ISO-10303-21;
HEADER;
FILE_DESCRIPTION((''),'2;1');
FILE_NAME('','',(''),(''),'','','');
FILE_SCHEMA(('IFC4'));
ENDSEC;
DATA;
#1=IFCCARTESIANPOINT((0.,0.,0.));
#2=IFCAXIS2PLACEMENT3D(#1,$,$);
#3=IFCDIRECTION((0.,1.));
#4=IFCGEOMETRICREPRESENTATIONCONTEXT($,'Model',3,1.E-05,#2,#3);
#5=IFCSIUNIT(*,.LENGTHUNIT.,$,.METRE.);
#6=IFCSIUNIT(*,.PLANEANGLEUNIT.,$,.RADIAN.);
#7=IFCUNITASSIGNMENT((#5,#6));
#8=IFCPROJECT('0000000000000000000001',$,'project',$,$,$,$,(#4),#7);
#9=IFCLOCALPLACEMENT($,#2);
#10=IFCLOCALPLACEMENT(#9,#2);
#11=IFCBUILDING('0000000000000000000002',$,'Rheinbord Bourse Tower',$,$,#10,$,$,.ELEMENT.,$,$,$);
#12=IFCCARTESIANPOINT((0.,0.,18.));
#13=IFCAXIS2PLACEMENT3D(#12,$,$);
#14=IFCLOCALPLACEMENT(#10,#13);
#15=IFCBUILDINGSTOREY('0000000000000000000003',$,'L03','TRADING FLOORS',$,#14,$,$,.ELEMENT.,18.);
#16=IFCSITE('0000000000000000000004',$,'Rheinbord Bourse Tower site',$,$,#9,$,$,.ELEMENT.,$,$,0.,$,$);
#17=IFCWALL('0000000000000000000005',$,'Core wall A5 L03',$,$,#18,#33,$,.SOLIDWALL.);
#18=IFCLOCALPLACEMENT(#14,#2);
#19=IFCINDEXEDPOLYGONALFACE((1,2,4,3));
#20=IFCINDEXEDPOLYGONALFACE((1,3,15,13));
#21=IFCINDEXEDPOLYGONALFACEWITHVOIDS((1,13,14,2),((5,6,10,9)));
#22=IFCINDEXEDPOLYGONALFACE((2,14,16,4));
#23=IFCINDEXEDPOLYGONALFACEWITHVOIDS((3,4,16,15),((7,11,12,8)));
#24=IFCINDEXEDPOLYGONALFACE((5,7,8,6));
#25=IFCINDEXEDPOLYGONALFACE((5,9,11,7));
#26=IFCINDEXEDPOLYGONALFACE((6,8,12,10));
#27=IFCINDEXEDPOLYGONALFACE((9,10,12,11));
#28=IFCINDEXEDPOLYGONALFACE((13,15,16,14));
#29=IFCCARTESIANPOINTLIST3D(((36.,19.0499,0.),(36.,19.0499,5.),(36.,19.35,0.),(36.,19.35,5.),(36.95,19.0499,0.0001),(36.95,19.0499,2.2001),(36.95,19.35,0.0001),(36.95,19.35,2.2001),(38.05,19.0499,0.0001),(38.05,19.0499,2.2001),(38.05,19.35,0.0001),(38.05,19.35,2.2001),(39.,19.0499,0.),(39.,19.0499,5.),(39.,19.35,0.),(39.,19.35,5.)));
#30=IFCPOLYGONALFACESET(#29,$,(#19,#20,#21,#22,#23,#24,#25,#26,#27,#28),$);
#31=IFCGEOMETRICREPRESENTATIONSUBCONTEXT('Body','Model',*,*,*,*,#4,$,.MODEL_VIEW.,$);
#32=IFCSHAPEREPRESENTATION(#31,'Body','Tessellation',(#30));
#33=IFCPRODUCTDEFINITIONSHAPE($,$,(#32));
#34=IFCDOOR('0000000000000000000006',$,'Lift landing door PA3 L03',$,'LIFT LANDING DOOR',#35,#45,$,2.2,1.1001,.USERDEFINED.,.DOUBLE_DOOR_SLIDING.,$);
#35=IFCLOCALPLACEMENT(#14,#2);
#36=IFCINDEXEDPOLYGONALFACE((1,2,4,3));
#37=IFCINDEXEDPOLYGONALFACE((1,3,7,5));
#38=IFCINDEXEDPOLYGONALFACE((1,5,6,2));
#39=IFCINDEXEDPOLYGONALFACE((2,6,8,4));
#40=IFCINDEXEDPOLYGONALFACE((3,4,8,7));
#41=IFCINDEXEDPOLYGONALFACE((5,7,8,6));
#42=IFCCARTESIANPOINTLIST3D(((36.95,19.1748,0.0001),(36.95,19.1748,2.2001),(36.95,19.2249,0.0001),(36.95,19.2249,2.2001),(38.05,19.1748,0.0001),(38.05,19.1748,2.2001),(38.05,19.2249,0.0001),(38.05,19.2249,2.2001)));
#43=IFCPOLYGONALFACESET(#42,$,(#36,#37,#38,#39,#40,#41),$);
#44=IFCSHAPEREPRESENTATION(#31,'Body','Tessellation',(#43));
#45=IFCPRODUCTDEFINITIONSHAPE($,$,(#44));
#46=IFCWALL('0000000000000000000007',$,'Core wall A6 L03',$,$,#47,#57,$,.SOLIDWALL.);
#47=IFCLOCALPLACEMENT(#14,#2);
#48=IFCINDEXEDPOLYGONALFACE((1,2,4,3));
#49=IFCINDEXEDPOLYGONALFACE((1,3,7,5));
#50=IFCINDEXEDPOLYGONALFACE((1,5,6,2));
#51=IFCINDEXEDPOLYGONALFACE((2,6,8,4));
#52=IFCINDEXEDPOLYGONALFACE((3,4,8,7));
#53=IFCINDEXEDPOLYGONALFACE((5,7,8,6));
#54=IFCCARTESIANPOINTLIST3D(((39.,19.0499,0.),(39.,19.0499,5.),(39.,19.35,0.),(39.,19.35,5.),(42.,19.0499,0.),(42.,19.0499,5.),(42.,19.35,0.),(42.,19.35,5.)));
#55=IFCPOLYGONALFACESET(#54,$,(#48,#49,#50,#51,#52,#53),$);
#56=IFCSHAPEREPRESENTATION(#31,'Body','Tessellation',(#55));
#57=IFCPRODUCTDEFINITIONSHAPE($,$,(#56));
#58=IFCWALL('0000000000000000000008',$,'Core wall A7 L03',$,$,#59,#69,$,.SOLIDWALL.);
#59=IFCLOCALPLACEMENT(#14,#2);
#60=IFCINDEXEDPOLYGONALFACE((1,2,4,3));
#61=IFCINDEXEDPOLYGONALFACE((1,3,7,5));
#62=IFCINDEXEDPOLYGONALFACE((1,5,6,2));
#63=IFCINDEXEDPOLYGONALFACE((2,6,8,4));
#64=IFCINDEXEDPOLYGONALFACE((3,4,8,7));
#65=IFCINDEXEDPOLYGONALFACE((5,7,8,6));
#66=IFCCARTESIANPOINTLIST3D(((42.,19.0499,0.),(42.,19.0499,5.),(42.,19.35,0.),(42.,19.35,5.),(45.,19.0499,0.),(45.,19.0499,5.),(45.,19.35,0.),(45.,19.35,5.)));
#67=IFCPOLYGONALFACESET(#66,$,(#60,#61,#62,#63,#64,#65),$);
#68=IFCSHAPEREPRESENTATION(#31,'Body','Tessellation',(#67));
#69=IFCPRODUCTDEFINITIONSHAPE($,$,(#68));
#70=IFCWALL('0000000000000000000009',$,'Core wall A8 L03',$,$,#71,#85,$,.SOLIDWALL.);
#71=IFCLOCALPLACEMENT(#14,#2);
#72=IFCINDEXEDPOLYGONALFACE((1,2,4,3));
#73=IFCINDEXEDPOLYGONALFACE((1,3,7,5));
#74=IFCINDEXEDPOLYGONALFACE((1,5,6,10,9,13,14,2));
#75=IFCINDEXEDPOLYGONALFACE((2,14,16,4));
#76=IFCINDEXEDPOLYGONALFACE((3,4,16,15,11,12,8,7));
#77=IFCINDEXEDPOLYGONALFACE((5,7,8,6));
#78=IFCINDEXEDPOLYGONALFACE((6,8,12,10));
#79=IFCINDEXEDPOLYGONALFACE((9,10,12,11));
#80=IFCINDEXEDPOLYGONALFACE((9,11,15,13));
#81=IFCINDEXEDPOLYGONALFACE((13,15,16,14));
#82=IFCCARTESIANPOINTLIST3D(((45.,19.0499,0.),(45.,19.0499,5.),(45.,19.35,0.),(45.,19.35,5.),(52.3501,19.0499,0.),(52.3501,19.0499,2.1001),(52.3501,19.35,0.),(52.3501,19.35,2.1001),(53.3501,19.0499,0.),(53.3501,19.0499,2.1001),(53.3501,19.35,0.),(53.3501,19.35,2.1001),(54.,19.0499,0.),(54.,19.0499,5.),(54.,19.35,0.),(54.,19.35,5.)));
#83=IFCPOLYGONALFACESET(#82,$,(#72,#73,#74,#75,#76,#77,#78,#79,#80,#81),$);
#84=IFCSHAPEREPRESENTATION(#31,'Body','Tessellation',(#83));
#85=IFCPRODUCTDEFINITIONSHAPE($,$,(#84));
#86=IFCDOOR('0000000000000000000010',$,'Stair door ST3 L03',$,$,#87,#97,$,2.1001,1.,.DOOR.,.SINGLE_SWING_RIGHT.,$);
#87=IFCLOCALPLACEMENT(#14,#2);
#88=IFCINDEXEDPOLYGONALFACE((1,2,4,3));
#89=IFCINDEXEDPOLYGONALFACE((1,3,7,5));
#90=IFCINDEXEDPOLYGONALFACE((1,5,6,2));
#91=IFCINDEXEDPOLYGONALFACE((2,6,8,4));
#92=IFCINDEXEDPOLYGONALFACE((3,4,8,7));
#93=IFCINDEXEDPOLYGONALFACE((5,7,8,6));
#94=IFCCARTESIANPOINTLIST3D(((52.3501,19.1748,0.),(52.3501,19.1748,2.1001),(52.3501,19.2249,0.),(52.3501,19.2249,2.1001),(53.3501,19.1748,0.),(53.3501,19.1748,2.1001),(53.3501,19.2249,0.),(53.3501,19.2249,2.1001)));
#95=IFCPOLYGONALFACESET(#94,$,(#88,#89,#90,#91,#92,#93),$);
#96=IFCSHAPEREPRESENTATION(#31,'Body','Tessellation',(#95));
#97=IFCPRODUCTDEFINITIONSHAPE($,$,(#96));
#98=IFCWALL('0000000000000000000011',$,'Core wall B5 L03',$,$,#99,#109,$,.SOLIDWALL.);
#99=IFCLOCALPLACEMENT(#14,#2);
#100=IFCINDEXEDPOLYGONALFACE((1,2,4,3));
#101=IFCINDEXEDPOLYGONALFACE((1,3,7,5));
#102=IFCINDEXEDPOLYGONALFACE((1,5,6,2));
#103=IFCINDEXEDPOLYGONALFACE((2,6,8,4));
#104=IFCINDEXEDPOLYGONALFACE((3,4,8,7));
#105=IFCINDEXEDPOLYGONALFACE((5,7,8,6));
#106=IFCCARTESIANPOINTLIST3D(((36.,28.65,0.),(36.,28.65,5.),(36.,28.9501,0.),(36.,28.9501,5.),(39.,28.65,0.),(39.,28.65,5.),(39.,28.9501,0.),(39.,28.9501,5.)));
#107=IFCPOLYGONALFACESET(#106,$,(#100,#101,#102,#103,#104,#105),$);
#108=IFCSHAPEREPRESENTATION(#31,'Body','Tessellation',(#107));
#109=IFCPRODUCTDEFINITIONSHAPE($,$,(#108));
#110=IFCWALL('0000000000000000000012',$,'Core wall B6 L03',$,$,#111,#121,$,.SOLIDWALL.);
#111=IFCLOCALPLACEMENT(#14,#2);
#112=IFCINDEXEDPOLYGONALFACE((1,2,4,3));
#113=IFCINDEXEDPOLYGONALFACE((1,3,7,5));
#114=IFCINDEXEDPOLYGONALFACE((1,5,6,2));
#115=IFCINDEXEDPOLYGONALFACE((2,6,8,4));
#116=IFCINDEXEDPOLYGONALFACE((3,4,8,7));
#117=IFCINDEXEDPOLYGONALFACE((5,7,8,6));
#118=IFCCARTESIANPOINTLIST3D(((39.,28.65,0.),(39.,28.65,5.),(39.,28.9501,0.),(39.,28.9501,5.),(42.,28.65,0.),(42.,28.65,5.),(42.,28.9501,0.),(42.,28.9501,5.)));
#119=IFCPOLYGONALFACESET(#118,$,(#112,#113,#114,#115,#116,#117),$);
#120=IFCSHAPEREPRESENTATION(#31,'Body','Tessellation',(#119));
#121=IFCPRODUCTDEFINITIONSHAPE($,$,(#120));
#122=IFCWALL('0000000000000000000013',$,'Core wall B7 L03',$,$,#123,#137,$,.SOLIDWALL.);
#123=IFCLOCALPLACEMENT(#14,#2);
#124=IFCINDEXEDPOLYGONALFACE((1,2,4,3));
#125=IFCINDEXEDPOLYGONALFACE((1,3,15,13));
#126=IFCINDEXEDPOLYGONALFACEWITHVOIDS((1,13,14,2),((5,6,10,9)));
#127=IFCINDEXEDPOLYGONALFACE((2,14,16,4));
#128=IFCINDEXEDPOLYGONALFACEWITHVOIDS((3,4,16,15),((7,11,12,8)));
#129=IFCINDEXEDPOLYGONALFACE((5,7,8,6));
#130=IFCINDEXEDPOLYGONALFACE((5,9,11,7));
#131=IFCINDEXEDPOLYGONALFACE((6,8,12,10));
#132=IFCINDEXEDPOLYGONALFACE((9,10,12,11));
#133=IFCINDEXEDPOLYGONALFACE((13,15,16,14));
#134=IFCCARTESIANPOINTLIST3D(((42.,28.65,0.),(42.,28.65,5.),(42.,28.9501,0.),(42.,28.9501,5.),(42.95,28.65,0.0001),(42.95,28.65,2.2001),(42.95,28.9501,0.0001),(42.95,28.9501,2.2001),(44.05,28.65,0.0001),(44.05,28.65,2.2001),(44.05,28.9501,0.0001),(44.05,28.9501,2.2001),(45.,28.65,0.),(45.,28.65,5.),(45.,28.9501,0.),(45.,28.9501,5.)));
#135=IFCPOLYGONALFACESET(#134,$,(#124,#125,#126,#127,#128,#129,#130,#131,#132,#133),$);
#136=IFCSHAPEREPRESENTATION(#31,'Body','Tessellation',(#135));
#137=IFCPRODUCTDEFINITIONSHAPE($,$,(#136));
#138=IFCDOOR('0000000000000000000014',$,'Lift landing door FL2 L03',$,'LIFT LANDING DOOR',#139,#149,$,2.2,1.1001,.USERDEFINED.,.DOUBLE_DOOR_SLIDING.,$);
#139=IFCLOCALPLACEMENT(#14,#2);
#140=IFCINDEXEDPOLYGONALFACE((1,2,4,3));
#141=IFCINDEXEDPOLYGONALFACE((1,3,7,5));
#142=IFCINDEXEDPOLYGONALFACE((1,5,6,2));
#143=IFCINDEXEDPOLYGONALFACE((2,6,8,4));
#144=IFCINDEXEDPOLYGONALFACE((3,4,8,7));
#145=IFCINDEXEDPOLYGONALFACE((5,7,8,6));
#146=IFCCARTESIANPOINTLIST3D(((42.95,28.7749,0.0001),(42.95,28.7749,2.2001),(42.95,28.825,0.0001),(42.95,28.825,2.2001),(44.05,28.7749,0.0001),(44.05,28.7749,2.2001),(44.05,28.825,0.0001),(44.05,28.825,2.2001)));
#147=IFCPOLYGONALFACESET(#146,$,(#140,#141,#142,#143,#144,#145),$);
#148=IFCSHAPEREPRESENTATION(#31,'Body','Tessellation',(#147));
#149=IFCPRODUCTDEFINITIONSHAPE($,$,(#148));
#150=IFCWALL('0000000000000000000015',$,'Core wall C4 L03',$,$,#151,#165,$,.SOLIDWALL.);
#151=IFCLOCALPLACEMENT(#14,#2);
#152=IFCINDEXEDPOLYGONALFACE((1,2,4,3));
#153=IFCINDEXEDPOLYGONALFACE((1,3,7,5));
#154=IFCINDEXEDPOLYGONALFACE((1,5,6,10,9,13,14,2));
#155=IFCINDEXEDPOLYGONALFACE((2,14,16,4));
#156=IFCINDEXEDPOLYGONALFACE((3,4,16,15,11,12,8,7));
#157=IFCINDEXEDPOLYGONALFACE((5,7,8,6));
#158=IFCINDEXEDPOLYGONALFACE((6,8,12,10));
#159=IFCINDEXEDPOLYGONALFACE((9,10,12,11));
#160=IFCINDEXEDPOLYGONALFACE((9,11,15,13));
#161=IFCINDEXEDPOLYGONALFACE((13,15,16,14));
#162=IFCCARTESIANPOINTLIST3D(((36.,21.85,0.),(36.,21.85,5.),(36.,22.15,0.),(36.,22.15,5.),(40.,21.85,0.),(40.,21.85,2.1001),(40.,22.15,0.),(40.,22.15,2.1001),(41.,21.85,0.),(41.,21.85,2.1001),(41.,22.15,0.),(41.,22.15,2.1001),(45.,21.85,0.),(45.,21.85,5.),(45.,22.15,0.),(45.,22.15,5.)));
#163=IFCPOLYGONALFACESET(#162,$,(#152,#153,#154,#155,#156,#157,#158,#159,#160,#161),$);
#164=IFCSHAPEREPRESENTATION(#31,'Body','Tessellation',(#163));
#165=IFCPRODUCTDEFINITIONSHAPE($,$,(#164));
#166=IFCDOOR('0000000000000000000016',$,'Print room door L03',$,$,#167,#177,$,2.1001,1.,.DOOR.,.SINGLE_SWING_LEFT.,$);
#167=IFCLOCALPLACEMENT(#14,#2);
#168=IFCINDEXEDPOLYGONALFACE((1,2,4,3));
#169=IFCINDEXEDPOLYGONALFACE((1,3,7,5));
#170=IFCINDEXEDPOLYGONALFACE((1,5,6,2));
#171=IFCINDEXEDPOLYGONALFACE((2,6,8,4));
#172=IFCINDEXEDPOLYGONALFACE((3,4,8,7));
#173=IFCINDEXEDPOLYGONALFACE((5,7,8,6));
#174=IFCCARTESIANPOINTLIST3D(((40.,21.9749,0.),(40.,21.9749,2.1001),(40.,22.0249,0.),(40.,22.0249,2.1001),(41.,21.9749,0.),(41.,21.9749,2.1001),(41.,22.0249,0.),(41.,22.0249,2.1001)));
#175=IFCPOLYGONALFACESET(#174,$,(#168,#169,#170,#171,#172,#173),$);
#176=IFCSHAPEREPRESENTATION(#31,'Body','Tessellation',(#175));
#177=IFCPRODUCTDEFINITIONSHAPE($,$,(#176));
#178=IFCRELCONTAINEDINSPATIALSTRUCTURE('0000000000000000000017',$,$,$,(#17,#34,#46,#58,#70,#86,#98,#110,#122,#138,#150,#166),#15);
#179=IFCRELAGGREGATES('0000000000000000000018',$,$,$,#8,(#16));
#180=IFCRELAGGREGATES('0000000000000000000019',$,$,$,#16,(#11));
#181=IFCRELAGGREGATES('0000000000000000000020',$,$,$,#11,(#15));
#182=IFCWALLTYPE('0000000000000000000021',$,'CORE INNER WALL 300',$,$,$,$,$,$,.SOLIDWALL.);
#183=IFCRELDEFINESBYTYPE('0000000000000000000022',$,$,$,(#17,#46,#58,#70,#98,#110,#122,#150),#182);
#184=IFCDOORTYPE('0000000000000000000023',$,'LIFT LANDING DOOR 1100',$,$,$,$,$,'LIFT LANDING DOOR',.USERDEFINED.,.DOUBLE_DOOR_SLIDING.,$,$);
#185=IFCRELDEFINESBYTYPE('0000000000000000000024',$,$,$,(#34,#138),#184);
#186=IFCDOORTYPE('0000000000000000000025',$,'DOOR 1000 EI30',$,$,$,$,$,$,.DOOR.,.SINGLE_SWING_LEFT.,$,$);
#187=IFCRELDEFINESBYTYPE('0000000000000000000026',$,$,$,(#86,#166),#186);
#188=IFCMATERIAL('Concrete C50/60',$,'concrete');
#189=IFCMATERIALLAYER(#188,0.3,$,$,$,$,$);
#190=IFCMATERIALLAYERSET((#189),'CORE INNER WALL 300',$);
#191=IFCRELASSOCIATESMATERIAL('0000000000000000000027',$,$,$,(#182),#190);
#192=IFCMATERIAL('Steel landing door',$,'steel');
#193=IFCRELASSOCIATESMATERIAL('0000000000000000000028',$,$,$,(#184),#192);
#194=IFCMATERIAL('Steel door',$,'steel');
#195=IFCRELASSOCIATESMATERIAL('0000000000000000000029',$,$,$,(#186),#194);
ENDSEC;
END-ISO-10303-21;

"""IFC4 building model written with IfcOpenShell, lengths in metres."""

from ifc_helpers import new_model, si_unit, direction, frame, frame_2d, origin, place, context, subcontext, project, spatial, rectangle, extrude, material, layer, layer_set, type_object, element, fill, save


model = new_model("IFC4")

# Units and contexts
model_context = context("Model", 3, precision=1e-05, world=origin(), true_north=direction((0.0, 1.0)))
body_context = subcontext(model_context, "Body", "Model", "MODEL_VIEW")
ifc_project = project(units=[si_unit("LENGTHUNIT", "METRE"), si_unit("PLANEANGLEUNIT", "RADIAN")], contexts=[model_context])

# Site, building, storey
site_placement = place(None, origin())
site = spatial("IfcSite", under=ifc_project, at=site_placement, Name="Rheinbord Bourse Tower site", CompositionType="ELEMENT", RefElevation=0.0)
building_placement = place(site_placement, origin())
building = spatial("IfcBuilding", under=site, at=building_placement, Name="Rheinbord Bourse Tower", CompositionType="ELEMENT")
storey_placement = place(building_placement, frame((0.0, 0.0, 18.0)))
storey = spatial("IfcBuildingStorey", under=building, at=storey_placement, Name="L03", Description="TRADING FLOORS", CompositionType="ELEMENT", Elevation=18.0)

# Wall, opening, door
ifc_material_1 = material(Name="Concrete C50/60", Category="concrete")
ifc_layer_1 = layer(ifc_material_1, 0.3)
ifc_layer_set_1 = layer_set([ifc_layer_1], Name="CORE INNER WALL 300")
wall_type_1 = type_object("IfcWallType", Name="CORE INNER WALL 300", PredefinedType="SOLIDWALL", material=ifc_layer_set_1)
wall_1_placement = place(storey_placement, frame((36.0, 19.2, 0.0), z_axis=(0.0, 0.0, 1.0), x_axis=(1.0, 0.0, 0.0)))
wall_1 = element("IfcWall", 1, at=wall_1_placement, inside=storey, type_object=wall_type_1, Name="Core wall A5 L03", PredefinedType="SOLIDWALL", context=body_context, shape_type="SweptSolid", body=[
    extrude(rectangle(XDim=3.0, YDim=0.3, at=frame_2d((1.5, 0.0))), origin(), (0.0, 0.0, 1.0), 5.0),
])
opening_1_placement = place(wall_1_placement, frame((0.95, 0.0, 0.0)))
opening_1 = element("IfcOpeningElement", 2, at=opening_1_placement, cuts=wall_1, PredefinedType="OPENING", context=body_context, shape_type="SweptSolid", body=[
    extrude(rectangle(XDim=1.1001, YDim=2.2, at=frame_2d((0.55, 1.1001))), frame((0.0, 0.1599, 0.0), z_axis=(0.0, -1.0, 0.0), x_axis=(1.0, 0.0, 0.0)), (0.0, 0.0, 1.0), 0.3201),
])
ifc_material_2 = material(Name="Steel landing door", Category="steel")
door_type_1 = type_object("IfcDoorType", Name="LIFT LANDING DOOR 1100", ElementType="LIFT LANDING DOOR", OperationType="DOUBLE_DOOR_SLIDING", PredefinedType="USERDEFINED", material=ifc_material_2)
door_1_placement = place(opening_1_placement, origin())
door_1 = element("IfcDoor", 3, at=door_1_placement, inside=storey, type_object=door_type_1, Name="Lift landing door PA3 L03", ObjectType="LIFT LANDING DOOR", OperationType="DOUBLE_DOOR_SLIDING", OverallHeight=2.2, OverallWidth=1.1001, PredefinedType="USERDEFINED", context=body_context, shape_type="SweptSolid", body=[
    extrude(rectangle(XDim=1.1001, YDim=2.2, at=frame_2d((0.55, 1.1001))), frame((0.0, 0.0249, 0.0), z_axis=(0.0, -1.0, 0.0), x_axis=(1.0, 0.0, 0.0)), (0.0, 0.0, 1.0), 0.05),
])
fill(opening_1, door_1)

# Walls
for number, where, z_axis, x_axis, name in (
    (4, (39.0, 19.2, 0.0), (0.0, 0.0, 1.0), (1.0, 0.0, 0.0), "Core wall A6 L03"),
    (5, (42.0, 19.2, 0.0), (0.0, 0.0, 1.0), (1.0, 0.0, 0.0), "Core wall A7 L03"),
):
    element("IfcWall", number, at=place(storey_placement, frame(where, z_axis=z_axis, x_axis=x_axis)), inside=storey, type_object=wall_type_1, Name=name, PredefinedType="SOLIDWALL", context=body_context, shape_type="SweptSolid", body=[
        extrude(rectangle(XDim=3.0, YDim=0.3, at=frame_2d((1.5, 0.0))), origin(), (0.0, 0.0, 1.0), 5.0),
    ])

# Wall, opening, door
wall_2_placement = place(storey_placement, frame((45.0, 19.2, 0.0), z_axis=(0.0, 0.0, 1.0), x_axis=(1.0, 0.0, 0.0)))
wall_2 = element("IfcWall", 6, at=wall_2_placement, inside=storey, type_object=wall_type_1, Name="Core wall A8 L03", PredefinedType="SOLIDWALL", context=body_context, shape_type="SweptSolid", body=[
    extrude(rectangle(XDim=9.0, YDim=0.3, at=frame_2d((4.5, 0.0))), origin(), (0.0, 0.0, 1.0), 5.0),
])
opening_2_placement = place(wall_2_placement, frame((7.3501, 0.0, 0.0)))
opening_2 = element("IfcOpeningElement", 7, at=opening_2_placement, cuts=wall_2, PredefinedType="OPENING", context=body_context, shape_type="SweptSolid", body=[
    extrude(rectangle(XDim=1.0, YDim=2.1001, at=frame_2d((0.5, 1.05))), frame((0.0, 0.1599, 0.0), z_axis=(0.0, -1.0, 0.0), x_axis=(1.0, 0.0, 0.0)), (0.0, 0.0, 1.0), 0.3201),
])
ifc_material_3 = material(Name="Steel door", Category="steel")
door_type_2 = type_object("IfcDoorType", Name="DOOR 1000 EI30", OperationType="SINGLE_SWING_LEFT", PredefinedType="DOOR", material=ifc_material_3)
door_2_placement = place(opening_2_placement, origin())
door_2 = element("IfcDoor", 8, at=door_2_placement, inside=storey, type_object=door_type_2, Name="Stair door ST3 L03", OperationType="SINGLE_SWING_RIGHT", OverallHeight=2.1001, OverallWidth=1.0, PredefinedType="DOOR", context=body_context, shape_type="SweptSolid", body=[
    extrude(rectangle(XDim=1.0, YDim=2.1001, at=frame_2d((0.5, 1.05))), frame((0.0, 0.0249, 0.0), z_axis=(0.0, -1.0, 0.0), x_axis=(1.0, 0.0, 0.0)), (0.0, 0.0, 1.0), 0.05),
])
fill(opening_2, door_2)

# Walls
for number, where, z_axis, x_axis, name in (
    (9, (36.0, 28.8, 0.0), (0.0, 0.0, 1.0), (1.0, 0.0, 0.0), "Core wall B5 L03"),
    (10, (39.0, 28.8, 0.0), (0.0, 0.0, 1.0), (1.0, 0.0, 0.0), "Core wall B6 L03"),
):
    element("IfcWall", number, at=place(storey_placement, frame(where, z_axis=z_axis, x_axis=x_axis)), inside=storey, type_object=wall_type_1, Name=name, PredefinedType="SOLIDWALL", context=body_context, shape_type="SweptSolid", body=[
        extrude(rectangle(XDim=3.0, YDim=0.3, at=frame_2d((1.5, 0.0))), origin(), (0.0, 0.0, 1.0), 5.0),
    ])

# Walls, openings, doors
wall_3_placement = place(storey_placement, frame((42.0, 28.8, 0.0), z_axis=(0.0, 0.0, 1.0), x_axis=(1.0, 0.0, 0.0)))
wall_3 = element("IfcWall", 11, at=wall_3_placement, inside=storey, type_object=wall_type_1, Name="Core wall B7 L03", PredefinedType="SOLIDWALL", context=body_context, shape_type="SweptSolid", body=[
    extrude(rectangle(XDim=3.0, YDim=0.3, at=frame_2d((1.5, 0.0))), origin(), (0.0, 0.0, 1.0), 5.0),
])
opening_3_placement = place(wall_3_placement, frame((0.95, 0.0, 0.0)))
opening_3 = element("IfcOpeningElement", 12, at=opening_3_placement, cuts=wall_3, PredefinedType="OPENING", context=body_context, shape_type="SweptSolid", body=[
    extrude(rectangle(XDim=1.1001, YDim=2.2, at=frame_2d((0.55, 1.1001))), frame((0.0, 0.1599, 0.0), z_axis=(0.0, -1.0, 0.0), x_axis=(1.0, 0.0, 0.0)), (0.0, 0.0, 1.0), 0.3201),
])
door_3_placement = place(opening_3_placement, origin())
door_3 = element("IfcDoor", 13, at=door_3_placement, inside=storey, type_object=door_type_1, Name="Lift landing door FL2 L03", ObjectType="LIFT LANDING DOOR", OperationType="DOUBLE_DOOR_SLIDING", OverallHeight=2.2, OverallWidth=1.1001, PredefinedType="USERDEFINED", context=body_context, shape_type="SweptSolid", body=[
    extrude(rectangle(XDim=1.1001, YDim=2.2, at=frame_2d((0.55, 1.1001))), frame((0.0, 0.0249, 0.0), z_axis=(0.0, -1.0, 0.0), x_axis=(1.0, 0.0, 0.0)), (0.0, 0.0, 1.0), 0.05),
])
fill(opening_3, door_3)
wall_4_placement = place(storey_placement, frame((36.0, 22.0, 0.0), z_axis=(0.0, 0.0, 1.0), x_axis=(1.0, 0.0, 0.0)))
wall_4 = element("IfcWall", 14, at=wall_4_placement, inside=storey, type_object=wall_type_1, Name="Core wall C4 L03", PredefinedType="SOLIDWALL", context=body_context, shape_type="SweptSolid", body=[
    extrude(rectangle(XDim=9.0, YDim=0.3, at=frame_2d((4.5, 0.0))), origin(), (0.0, 0.0, 1.0), 5.0),
])
opening_4_placement = place(wall_4_placement, frame((4.0, 0.0, 0.0)))
opening_4 = element("IfcOpeningElement", 15, at=opening_4_placement, cuts=wall_4, PredefinedType="OPENING", context=body_context, shape_type="SweptSolid", body=[
    extrude(rectangle(XDim=1.0, YDim=2.1001, at=frame_2d((0.5, 1.05))), frame((0.0, 0.1599, 0.0), z_axis=(0.0, -1.0, 0.0), x_axis=(1.0, 0.0, 0.0)), (0.0, 0.0, 1.0), 0.3201),
])
door_4_placement = place(opening_4_placement, origin())
door_4 = element("IfcDoor", 16, at=door_4_placement, inside=storey, type_object=door_type_2, Name="Print room door L03", OperationType="SINGLE_SWING_LEFT", OverallHeight=2.1001, OverallWidth=1.0, PredefinedType="DOOR", context=body_context, shape_type="SweptSolid", body=[
    extrude(rectangle(XDim=1.0, YDim=2.1001, at=frame_2d((0.5, 1.05))), frame((0.0, 0.0249, 0.0), z_axis=(0.0, -1.0, 0.0), x_axis=(1.0, 0.0, 0.0)), (0.0, 0.0, 1.0), 0.05),
])
fill(opening_4, door_4)

save(model, "model.ifc")
